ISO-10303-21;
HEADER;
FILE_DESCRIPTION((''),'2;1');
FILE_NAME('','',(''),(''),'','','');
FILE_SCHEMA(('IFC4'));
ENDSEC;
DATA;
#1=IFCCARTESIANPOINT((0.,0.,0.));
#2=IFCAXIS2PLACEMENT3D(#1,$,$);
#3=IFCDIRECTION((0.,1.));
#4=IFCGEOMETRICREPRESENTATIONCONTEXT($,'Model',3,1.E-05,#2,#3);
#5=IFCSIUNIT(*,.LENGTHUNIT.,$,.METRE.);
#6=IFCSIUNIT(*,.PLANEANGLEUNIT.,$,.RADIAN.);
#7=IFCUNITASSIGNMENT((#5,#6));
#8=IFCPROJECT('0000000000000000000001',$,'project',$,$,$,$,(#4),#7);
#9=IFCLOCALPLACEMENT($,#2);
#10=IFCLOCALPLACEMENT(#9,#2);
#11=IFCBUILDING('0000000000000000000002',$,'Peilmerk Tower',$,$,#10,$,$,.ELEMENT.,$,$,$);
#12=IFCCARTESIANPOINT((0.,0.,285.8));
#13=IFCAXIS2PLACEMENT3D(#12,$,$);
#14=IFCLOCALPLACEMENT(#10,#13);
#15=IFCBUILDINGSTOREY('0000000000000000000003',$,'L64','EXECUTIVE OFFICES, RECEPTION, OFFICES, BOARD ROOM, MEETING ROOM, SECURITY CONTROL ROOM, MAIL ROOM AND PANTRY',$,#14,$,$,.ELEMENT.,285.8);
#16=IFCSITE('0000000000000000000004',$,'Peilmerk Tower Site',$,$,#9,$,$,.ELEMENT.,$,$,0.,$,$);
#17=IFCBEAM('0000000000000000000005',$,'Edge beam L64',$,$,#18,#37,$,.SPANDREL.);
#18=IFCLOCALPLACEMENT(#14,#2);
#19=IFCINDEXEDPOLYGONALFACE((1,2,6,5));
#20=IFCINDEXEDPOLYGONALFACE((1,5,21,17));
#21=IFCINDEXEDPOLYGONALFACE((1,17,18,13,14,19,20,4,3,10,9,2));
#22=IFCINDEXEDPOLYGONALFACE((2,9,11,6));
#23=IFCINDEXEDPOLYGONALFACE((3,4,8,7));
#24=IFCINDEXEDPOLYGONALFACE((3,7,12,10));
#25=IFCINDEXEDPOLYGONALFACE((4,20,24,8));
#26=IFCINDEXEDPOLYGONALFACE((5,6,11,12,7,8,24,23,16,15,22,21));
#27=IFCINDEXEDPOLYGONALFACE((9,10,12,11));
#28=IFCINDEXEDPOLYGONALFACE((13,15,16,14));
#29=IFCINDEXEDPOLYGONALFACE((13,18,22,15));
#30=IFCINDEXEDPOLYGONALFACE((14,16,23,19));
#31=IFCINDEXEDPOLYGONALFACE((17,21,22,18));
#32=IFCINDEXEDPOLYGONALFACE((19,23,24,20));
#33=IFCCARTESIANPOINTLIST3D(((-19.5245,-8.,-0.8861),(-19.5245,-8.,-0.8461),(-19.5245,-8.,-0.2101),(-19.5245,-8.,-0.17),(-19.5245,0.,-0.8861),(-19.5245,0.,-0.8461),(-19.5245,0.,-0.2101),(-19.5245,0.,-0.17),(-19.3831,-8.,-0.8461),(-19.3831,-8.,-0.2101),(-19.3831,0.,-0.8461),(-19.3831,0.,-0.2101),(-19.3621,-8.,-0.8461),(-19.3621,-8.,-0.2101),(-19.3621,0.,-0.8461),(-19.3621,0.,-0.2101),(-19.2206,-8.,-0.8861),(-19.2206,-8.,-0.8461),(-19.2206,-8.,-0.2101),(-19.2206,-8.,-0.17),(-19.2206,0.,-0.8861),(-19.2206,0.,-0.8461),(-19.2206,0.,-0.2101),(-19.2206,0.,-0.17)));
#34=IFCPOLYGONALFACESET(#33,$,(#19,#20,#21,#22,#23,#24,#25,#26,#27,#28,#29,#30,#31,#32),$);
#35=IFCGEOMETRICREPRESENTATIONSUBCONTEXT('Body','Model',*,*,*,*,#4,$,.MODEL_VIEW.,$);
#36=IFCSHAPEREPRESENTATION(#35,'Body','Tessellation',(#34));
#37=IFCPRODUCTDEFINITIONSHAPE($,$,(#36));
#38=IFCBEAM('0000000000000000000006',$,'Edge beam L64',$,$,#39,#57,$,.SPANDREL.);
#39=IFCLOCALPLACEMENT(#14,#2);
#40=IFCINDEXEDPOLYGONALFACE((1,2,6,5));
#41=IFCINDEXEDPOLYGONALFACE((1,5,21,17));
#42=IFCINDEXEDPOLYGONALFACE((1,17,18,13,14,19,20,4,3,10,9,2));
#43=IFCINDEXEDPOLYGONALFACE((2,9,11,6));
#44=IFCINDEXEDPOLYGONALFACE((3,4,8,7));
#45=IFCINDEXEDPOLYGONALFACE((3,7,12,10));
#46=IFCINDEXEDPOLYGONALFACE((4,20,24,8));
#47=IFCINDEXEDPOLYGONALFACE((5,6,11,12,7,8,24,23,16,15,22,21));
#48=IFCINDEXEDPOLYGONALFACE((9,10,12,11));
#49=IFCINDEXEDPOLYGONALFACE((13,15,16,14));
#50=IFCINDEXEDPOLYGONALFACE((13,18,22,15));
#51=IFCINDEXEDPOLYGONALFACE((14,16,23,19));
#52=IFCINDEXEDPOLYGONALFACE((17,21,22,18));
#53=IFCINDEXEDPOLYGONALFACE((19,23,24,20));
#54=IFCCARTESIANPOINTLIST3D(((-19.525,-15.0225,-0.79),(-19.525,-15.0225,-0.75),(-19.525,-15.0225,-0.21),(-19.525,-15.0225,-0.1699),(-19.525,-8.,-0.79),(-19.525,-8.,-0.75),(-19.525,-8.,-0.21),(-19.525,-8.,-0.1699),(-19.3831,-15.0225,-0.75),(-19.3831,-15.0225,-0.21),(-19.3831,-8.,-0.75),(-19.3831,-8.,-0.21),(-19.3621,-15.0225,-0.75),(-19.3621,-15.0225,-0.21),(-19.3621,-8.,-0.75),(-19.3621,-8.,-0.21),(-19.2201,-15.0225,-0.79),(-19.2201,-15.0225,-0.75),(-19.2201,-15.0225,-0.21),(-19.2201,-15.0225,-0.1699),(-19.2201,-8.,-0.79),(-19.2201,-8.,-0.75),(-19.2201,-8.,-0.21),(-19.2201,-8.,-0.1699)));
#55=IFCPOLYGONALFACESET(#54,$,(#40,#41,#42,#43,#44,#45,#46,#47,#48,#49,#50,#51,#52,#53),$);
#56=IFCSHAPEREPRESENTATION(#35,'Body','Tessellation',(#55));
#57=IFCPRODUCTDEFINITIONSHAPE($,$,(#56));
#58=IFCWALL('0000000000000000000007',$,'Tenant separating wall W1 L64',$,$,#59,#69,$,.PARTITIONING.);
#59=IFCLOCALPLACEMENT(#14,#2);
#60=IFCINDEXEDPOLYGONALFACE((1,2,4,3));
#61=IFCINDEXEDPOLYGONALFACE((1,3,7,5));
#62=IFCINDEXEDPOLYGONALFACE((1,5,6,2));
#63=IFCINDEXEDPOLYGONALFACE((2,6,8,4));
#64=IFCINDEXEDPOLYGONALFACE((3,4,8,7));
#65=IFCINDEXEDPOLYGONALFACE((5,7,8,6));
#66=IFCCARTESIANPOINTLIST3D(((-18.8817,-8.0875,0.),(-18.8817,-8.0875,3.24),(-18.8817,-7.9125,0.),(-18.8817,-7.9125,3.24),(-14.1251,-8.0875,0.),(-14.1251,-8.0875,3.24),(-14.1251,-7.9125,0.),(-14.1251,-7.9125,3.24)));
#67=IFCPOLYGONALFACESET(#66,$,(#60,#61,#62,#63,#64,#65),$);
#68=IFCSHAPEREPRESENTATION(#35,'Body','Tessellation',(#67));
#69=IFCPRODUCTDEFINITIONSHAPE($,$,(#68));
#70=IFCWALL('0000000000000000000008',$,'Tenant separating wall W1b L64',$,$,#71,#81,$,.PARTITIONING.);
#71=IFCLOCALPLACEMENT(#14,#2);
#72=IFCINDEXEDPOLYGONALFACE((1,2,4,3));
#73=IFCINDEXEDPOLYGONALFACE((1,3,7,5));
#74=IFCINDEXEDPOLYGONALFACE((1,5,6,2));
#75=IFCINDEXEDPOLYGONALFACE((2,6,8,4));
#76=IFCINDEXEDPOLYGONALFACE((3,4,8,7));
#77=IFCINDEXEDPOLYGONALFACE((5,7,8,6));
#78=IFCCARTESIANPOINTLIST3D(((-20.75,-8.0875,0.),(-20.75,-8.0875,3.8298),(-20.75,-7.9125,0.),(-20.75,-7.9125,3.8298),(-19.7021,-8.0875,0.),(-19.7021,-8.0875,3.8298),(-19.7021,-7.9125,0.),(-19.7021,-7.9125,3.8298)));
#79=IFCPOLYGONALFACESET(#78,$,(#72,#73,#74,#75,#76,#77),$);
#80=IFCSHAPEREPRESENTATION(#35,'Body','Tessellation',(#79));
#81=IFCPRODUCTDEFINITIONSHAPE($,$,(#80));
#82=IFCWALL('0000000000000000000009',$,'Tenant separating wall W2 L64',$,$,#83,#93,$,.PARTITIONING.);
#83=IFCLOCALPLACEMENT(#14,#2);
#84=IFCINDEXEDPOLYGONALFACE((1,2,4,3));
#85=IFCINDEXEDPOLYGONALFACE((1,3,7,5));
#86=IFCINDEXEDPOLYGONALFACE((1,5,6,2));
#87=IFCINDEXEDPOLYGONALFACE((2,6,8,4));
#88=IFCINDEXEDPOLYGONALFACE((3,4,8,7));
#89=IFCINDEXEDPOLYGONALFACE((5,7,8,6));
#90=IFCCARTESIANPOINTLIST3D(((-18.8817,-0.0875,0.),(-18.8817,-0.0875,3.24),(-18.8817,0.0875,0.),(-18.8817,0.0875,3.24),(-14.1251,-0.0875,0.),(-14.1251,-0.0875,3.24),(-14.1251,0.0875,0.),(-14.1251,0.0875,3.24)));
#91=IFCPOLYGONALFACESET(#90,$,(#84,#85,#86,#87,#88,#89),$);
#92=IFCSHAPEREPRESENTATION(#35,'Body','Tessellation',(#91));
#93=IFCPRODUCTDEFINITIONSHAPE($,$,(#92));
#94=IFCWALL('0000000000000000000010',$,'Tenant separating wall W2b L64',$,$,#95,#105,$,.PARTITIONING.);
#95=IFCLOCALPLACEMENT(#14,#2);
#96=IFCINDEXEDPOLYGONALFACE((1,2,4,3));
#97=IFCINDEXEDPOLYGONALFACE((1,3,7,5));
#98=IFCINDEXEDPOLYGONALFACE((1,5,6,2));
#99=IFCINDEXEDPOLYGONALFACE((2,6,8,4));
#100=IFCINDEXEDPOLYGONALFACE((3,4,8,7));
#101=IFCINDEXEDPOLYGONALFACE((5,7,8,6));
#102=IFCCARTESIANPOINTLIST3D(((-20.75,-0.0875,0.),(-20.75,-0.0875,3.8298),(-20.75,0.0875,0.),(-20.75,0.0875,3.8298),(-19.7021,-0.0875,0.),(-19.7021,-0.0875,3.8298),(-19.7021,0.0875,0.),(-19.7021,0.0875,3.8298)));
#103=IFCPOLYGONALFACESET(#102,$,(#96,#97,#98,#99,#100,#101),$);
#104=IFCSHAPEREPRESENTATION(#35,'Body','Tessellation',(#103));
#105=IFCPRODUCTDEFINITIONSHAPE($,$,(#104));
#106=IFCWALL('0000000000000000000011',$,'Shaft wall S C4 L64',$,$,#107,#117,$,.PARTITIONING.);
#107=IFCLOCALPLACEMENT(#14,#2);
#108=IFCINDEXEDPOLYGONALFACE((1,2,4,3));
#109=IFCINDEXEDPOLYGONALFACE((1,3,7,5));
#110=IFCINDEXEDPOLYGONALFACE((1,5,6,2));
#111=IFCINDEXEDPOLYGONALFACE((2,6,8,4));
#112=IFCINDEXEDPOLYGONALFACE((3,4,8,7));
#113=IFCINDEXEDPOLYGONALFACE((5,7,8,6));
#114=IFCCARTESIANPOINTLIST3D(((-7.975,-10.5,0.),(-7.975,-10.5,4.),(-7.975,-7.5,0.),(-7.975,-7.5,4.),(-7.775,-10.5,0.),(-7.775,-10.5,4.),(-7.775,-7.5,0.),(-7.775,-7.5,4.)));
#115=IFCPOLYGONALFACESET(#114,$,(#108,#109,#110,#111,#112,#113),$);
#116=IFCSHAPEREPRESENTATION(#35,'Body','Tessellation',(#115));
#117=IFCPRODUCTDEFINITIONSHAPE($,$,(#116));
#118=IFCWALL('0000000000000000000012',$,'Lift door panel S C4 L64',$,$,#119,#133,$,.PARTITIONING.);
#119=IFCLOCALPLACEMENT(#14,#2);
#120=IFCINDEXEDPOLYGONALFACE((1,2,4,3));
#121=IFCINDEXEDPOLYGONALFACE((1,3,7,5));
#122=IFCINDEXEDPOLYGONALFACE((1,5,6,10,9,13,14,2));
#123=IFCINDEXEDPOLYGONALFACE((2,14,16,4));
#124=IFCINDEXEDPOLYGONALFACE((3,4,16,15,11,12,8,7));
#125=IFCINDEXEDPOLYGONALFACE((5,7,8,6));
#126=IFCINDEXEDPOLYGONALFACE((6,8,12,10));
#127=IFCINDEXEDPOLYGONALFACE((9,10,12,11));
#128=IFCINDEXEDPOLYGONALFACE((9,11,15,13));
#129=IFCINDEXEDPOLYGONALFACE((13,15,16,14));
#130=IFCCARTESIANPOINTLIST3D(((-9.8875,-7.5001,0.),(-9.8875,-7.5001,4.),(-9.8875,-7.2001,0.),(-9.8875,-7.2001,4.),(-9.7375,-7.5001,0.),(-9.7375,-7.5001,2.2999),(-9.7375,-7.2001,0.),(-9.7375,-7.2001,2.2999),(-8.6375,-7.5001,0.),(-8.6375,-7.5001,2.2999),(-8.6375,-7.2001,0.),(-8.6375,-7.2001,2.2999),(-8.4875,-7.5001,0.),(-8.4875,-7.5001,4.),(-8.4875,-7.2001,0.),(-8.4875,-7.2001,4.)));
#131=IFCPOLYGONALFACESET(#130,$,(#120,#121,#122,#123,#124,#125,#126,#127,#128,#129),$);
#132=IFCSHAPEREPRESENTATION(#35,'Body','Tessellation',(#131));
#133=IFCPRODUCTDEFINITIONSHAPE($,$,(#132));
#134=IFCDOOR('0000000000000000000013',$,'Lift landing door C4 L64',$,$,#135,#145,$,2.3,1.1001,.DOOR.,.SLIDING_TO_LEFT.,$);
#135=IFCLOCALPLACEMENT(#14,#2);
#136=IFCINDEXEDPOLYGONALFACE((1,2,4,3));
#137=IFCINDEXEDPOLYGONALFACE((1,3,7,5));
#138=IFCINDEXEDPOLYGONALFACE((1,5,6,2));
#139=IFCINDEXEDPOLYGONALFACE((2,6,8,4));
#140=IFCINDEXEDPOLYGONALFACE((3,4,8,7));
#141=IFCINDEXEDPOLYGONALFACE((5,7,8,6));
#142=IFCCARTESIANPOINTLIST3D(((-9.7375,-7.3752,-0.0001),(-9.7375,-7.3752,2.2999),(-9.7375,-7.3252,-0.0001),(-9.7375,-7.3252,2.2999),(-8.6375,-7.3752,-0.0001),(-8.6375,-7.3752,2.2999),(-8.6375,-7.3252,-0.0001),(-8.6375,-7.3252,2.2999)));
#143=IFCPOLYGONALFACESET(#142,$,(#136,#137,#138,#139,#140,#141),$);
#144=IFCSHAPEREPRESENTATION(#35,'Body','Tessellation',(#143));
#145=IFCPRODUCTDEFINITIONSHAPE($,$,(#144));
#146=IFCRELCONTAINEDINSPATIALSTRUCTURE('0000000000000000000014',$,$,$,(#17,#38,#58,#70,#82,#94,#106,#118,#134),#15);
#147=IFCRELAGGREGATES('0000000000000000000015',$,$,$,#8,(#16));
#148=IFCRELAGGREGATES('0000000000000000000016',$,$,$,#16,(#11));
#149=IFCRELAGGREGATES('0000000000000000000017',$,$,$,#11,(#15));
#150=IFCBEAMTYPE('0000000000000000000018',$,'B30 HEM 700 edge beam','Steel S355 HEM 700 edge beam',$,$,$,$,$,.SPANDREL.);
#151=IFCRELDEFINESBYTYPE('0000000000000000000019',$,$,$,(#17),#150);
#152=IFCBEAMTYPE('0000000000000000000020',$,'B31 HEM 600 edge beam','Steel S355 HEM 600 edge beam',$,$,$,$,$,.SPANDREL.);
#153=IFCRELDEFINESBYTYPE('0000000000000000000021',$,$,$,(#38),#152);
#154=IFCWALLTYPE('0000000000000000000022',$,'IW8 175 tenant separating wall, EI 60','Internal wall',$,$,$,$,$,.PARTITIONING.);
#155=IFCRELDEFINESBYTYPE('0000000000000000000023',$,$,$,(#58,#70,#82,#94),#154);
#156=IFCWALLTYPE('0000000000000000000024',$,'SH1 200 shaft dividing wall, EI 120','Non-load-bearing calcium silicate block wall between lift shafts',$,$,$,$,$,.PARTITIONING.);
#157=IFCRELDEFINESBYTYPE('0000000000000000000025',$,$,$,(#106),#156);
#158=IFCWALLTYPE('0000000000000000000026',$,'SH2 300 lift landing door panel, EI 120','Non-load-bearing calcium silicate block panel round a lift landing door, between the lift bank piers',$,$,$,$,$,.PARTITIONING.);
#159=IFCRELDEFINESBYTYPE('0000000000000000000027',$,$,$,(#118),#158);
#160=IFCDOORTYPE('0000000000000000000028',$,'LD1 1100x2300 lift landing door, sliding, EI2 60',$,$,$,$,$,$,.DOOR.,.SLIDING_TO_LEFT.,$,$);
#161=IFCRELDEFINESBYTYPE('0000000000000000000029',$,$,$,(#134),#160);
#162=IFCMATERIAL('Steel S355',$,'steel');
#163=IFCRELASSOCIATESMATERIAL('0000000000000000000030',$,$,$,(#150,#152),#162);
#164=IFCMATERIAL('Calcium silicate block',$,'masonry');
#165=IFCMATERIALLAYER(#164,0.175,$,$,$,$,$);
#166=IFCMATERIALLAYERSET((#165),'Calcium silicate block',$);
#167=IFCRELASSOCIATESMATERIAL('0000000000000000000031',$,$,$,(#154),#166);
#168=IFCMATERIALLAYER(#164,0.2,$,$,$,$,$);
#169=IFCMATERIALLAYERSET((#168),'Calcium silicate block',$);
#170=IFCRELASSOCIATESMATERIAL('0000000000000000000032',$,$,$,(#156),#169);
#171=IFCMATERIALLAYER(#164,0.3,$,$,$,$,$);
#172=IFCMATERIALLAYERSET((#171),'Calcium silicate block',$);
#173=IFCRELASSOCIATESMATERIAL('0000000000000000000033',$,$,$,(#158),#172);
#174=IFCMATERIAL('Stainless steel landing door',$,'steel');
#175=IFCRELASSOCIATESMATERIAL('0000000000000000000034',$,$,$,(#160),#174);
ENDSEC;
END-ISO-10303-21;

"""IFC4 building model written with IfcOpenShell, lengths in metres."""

from ifc_helpers import new_model, si_unit, direction, frame, frame_2d, origin, origin_2d, place, context, subcontext, project, spatial, rectangle, i_section, extrude, material, layer, layer_set, material_profile, profile_set, type_object, element, fill, save


model = new_model("IFC4")

# Units and contexts
model_context = context("Model", 3, precision=1e-05, world=origin(), true_north=direction((0.0, 1.0)))
body_context = subcontext(model_context, "Body", "Model", "MODEL_VIEW")
ifc_project = project(units=[si_unit("LENGTHUNIT", "METRE"), si_unit("PLANEANGLEUNIT", "RADIAN")], contexts=[model_context])

# Site, building, storey
site_placement = place(None, origin())
site = spatial("IfcSite", under=ifc_project, at=site_placement, Name="Peilmerk Tower Site", CompositionType="ELEMENT", RefElevation=0.0)
building_placement = place(site_placement, origin())
building = spatial("IfcBuilding", under=site, at=building_placement, Name="Peilmerk Tower", CompositionType="ELEMENT")
storey_placement = place(building_placement, frame((0.0, 0.0, 285.8)))
storey = spatial("IfcBuildingStorey", under=building, at=storey_placement, Name="L64", Description="EXECUTIVE OFFICES, RECEPTION, OFFICES, BOARD ROOM, MEETING ROOM, SECURITY CONTROL ROOM, MAIL ROOM AND PANTRY", CompositionType="ELEMENT", Elevation=285.8)

# Beams
ifc_material_1 = material(Name="Steel S355", Category="steel")
ifc_material_profile_1 = material_profile(ifc_material_1, i_section(OverallWidth=0.304, OverallDepth=0.7161, WebThickness=0.021, FlangeThickness=0.04, at=origin_2d()), Name="HEM 700")
ifc_profile_set_1 = profile_set([ifc_material_profile_1], Name="Steel S355")
beam_type_1 = type_object("IfcBeamType", Name="B30 HEM 700 edge beam", Description="Steel S355 HEM 700 edge beam", PredefinedType="SPANDREL", material=ifc_profile_set_1)
beam_1_placement = place(storey_placement, frame((-19.3726, 0.0, -0.5281), z_axis=(0.0, -1.0, 0.0), x_axis=(1.0, 0.0, 0.0)))
element("IfcBeam", 1, at=beam_1_placement, inside=storey, type_object=beam_type_1, Name="Edge beam L64", PredefinedType="SPANDREL", context=body_context, shape_type="SweptSolid", body=[
    extrude(i_section(OverallWidth=0.304, OverallDepth=0.7161, WebThickness=0.021, FlangeThickness=0.04, at=origin_2d()), origin(), (0.0, 0.0, 1.0), 8.0),
])
ifc_material_profile_2 = material_profile(ifc_material_1, i_section(OverallWidth=0.3049, OverallDepth=0.6201, WebThickness=0.021, FlangeThickness=0.04, at=origin_2d()), Name="HEM 600")
ifc_profile_set_2 = profile_set([ifc_material_profile_2], Name="Steel S355")
beam_type_2 = type_object("IfcBeamType", Name="B31 HEM 600 edge beam", Description="Steel S355 HEM 600 edge beam", PredefinedType="SPANDREL", material=ifc_profile_set_2)
beam_2_placement = place(storey_placement, frame((-19.3726, -8.0, -0.48), z_axis=(0.0, -1.0, 0.0), x_axis=(1.0, 0.0, 0.0)))
element("IfcBeam", 2, at=beam_2_placement, inside=storey, type_object=beam_type_2, Name="Edge beam L64", PredefinedType="SPANDREL", context=body_context, shape_type="SweptSolid", body=[
    extrude(i_section(OverallWidth=0.3049, OverallDepth=0.6201, WebThickness=0.021, FlangeThickness=0.04, at=origin_2d()), origin(), (0.0, 0.0, 1.0), 7.0225),
])

# Walls
ifc_material_2 = material(Name="Calcium silicate block", Category="masonry")
ifc_layer_1 = layer(ifc_material_2, 0.175)
ifc_layer_set_1 = layer_set([ifc_layer_1], Name="Calcium silicate block")
wall_type_1 = type_object("IfcWallType", Name="IW8 175 tenant separating wall, EI 60", Description="Internal wall", PredefinedType="PARTITIONING", material=ifc_layer_set_1)
wall_1_placement = place(storey_placement, frame((-14.125, -8.0, 0.0), z_axis=(0.0, 0.0, 1.0), x_axis=(-1.0, 0.0, 0.0)))
element("IfcWall", 3, at=wall_1_placement, inside=storey, type_object=wall_type_1, Name="Tenant separating wall W1 L64", PredefinedType="PARTITIONING", context=body_context, shape_type="SweptSolid", body=[
    extrude(rectangle(XDim=4.7566, YDim=0.175, at=frame_2d((2.3784, 0.0))), origin(), (0.0, 0.0, 1.0), 3.24),
])
wall_2_placement = place(storey_placement, frame((-19.7021, -8.0, 0.0), z_axis=(0.0, 0.0, 1.0), x_axis=(-1.0, 0.0, 0.0)))
element("IfcWall", 4, at=wall_2_placement, inside=storey, type_object=wall_type_1, Name="Tenant separating wall W1b L64", PredefinedType="PARTITIONING", context=body_context, shape_type="SweptSolid", body=[
    extrude(rectangle(XDim=1.0479, YDim=0.175, at=frame_2d((0.5239, 0.0))), origin(), (0.0, 0.0, 1.0), 3.8298),
])
wall_3_placement = place(storey_placement, frame((-14.125, 0.0, 0.0), z_axis=(0.0, 0.0, 1.0), x_axis=(-1.0, 0.0, 0.0)))
element("IfcWall", 5, at=wall_3_placement, inside=storey, type_object=wall_type_1, Name="Tenant separating wall W2 L64", PredefinedType="PARTITIONING", context=body_context, shape_type="SweptSolid", body=[
    extrude(rectangle(XDim=4.7566, YDim=0.175, at=frame_2d((2.3784, 0.0))), origin(), (0.0, 0.0, 1.0), 3.24),
])
wall_4_placement = place(storey_placement, frame((-19.7021, 0.0, 0.0), z_axis=(0.0, 0.0, 1.0), x_axis=(-1.0, 0.0, 0.0)))
element("IfcWall", 6, at=wall_4_placement, inside=storey, type_object=wall_type_1, Name="Tenant separating wall W2b L64", PredefinedType="PARTITIONING", context=body_context, shape_type="SweptSolid", body=[
    extrude(rectangle(XDim=1.0479, YDim=0.175, at=frame_2d((0.5239, 0.0))), origin(), (0.0, 0.0, 1.0), 3.8298),
])
ifc_layer_2 = layer(ifc_material_2, 0.2)
ifc_layer_set_2 = layer_set([ifc_layer_2], Name="Calcium silicate block")
wall_type_2 = type_object("IfcWallType", Name="SH1 200 shaft dividing wall, EI 120", Description="Non-load-bearing calcium silicate block wall between lift shafts", PredefinedType="PARTITIONING", material=ifc_layer_set_2)
wall_5_placement = place(storey_placement, frame((-7.875, -10.5, 0.0), z_axis=(0.0, 0.0, 1.0), x_axis=(0.0, 1.0, 0.0)))
element("IfcWall", 7, at=wall_5_placement, inside=storey, type_object=wall_type_2, Name="Shaft wall S C4 L64", PredefinedType="PARTITIONING", context=body_context, shape_type="SweptSolid", body=[
    extrude(rectangle(XDim=3.0, YDim=0.2, at=frame_2d((1.5, 0.0))), origin(), (0.0, 0.0, 1.0), 4.0),
])

# Wall, opening, door
ifc_layer_3 = layer(ifc_material_2, 0.3)
ifc_layer_set_3 = layer_set([ifc_layer_3], Name="Calcium silicate block")
wall_type_3 = type_object("IfcWallType", Name="SH2 300 lift landing door panel, EI 120", Description="Non-load-bearing calcium silicate block panel round a lift landing door, between the lift bank piers", PredefinedType="PARTITIONING", material=ifc_layer_set_3)
wall_6_placement = place(storey_placement, frame((-9.8875, -7.3501, 0.0), z_axis=(0.0, 0.0, 1.0), x_axis=(1.0, 0.0, 0.0)))
wall_6 = element("IfcWall", 8, at=wall_6_placement, inside=storey, type_object=wall_type_3, Name="Lift door panel S C4 L64", PredefinedType="PARTITIONING", context=body_context, shape_type="SweptSolid", body=[
    extrude(rectangle(XDim=1.3999, YDim=0.3, at=frame_2d((0.7, 0.0))), origin(), (0.0, 0.0, 1.0), 4.0),
])
opening_1_placement = place(wall_6_placement, frame((0.1499, 0.0, 0.0)))
opening_1 = element("IfcOpeningElement", 9, at=opening_1_placement, cuts=wall_6, PredefinedType="OPENING", context=body_context, shape_type="SweptSolid", body=[
    extrude(rectangle(XDim=1.1001, YDim=2.3, at=frame_2d((0.55, 1.1499))), frame((0.0, 0.1599, 0.0), z_axis=(0.0, -1.0, 0.0), x_axis=(1.0, 0.0, 0.0)), (0.0, 0.0, 1.0), 0.3201),
])
ifc_material_3 = material(Name="Stainless steel landing door", Category="steel")
door_type_1 = type_object("IfcDoorType", Name="LD1 1100x2300 lift landing door, sliding, EI2 60", OperationType="SLIDING_TO_LEFT", PredefinedType="DOOR", material=ifc_material_3)
door_1_placement = place(opening_1_placement, origin())
door_1 = element("IfcDoor", 10, at=door_1_placement, inside=storey, type_object=door_type_1, Name="Lift landing door C4 L64", OperationType="SLIDING_TO_LEFT", OverallHeight=2.3, OverallWidth=1.1001, PredefinedType="DOOR", context=body_context, shape_type="SweptSolid", body=[
    extrude(rectangle(XDim=1.1001, YDim=2.3, at=frame_2d((0.55, 1.1499))), frame((0.0, 0.0249, 0.0), z_axis=(0.0, -1.0, 0.0), x_axis=(1.0, 0.0, 0.0)), (0.0, 0.0, 1.0), 0.05),
])
fill(opening_1, door_1)

save(model, "model.ifc")
